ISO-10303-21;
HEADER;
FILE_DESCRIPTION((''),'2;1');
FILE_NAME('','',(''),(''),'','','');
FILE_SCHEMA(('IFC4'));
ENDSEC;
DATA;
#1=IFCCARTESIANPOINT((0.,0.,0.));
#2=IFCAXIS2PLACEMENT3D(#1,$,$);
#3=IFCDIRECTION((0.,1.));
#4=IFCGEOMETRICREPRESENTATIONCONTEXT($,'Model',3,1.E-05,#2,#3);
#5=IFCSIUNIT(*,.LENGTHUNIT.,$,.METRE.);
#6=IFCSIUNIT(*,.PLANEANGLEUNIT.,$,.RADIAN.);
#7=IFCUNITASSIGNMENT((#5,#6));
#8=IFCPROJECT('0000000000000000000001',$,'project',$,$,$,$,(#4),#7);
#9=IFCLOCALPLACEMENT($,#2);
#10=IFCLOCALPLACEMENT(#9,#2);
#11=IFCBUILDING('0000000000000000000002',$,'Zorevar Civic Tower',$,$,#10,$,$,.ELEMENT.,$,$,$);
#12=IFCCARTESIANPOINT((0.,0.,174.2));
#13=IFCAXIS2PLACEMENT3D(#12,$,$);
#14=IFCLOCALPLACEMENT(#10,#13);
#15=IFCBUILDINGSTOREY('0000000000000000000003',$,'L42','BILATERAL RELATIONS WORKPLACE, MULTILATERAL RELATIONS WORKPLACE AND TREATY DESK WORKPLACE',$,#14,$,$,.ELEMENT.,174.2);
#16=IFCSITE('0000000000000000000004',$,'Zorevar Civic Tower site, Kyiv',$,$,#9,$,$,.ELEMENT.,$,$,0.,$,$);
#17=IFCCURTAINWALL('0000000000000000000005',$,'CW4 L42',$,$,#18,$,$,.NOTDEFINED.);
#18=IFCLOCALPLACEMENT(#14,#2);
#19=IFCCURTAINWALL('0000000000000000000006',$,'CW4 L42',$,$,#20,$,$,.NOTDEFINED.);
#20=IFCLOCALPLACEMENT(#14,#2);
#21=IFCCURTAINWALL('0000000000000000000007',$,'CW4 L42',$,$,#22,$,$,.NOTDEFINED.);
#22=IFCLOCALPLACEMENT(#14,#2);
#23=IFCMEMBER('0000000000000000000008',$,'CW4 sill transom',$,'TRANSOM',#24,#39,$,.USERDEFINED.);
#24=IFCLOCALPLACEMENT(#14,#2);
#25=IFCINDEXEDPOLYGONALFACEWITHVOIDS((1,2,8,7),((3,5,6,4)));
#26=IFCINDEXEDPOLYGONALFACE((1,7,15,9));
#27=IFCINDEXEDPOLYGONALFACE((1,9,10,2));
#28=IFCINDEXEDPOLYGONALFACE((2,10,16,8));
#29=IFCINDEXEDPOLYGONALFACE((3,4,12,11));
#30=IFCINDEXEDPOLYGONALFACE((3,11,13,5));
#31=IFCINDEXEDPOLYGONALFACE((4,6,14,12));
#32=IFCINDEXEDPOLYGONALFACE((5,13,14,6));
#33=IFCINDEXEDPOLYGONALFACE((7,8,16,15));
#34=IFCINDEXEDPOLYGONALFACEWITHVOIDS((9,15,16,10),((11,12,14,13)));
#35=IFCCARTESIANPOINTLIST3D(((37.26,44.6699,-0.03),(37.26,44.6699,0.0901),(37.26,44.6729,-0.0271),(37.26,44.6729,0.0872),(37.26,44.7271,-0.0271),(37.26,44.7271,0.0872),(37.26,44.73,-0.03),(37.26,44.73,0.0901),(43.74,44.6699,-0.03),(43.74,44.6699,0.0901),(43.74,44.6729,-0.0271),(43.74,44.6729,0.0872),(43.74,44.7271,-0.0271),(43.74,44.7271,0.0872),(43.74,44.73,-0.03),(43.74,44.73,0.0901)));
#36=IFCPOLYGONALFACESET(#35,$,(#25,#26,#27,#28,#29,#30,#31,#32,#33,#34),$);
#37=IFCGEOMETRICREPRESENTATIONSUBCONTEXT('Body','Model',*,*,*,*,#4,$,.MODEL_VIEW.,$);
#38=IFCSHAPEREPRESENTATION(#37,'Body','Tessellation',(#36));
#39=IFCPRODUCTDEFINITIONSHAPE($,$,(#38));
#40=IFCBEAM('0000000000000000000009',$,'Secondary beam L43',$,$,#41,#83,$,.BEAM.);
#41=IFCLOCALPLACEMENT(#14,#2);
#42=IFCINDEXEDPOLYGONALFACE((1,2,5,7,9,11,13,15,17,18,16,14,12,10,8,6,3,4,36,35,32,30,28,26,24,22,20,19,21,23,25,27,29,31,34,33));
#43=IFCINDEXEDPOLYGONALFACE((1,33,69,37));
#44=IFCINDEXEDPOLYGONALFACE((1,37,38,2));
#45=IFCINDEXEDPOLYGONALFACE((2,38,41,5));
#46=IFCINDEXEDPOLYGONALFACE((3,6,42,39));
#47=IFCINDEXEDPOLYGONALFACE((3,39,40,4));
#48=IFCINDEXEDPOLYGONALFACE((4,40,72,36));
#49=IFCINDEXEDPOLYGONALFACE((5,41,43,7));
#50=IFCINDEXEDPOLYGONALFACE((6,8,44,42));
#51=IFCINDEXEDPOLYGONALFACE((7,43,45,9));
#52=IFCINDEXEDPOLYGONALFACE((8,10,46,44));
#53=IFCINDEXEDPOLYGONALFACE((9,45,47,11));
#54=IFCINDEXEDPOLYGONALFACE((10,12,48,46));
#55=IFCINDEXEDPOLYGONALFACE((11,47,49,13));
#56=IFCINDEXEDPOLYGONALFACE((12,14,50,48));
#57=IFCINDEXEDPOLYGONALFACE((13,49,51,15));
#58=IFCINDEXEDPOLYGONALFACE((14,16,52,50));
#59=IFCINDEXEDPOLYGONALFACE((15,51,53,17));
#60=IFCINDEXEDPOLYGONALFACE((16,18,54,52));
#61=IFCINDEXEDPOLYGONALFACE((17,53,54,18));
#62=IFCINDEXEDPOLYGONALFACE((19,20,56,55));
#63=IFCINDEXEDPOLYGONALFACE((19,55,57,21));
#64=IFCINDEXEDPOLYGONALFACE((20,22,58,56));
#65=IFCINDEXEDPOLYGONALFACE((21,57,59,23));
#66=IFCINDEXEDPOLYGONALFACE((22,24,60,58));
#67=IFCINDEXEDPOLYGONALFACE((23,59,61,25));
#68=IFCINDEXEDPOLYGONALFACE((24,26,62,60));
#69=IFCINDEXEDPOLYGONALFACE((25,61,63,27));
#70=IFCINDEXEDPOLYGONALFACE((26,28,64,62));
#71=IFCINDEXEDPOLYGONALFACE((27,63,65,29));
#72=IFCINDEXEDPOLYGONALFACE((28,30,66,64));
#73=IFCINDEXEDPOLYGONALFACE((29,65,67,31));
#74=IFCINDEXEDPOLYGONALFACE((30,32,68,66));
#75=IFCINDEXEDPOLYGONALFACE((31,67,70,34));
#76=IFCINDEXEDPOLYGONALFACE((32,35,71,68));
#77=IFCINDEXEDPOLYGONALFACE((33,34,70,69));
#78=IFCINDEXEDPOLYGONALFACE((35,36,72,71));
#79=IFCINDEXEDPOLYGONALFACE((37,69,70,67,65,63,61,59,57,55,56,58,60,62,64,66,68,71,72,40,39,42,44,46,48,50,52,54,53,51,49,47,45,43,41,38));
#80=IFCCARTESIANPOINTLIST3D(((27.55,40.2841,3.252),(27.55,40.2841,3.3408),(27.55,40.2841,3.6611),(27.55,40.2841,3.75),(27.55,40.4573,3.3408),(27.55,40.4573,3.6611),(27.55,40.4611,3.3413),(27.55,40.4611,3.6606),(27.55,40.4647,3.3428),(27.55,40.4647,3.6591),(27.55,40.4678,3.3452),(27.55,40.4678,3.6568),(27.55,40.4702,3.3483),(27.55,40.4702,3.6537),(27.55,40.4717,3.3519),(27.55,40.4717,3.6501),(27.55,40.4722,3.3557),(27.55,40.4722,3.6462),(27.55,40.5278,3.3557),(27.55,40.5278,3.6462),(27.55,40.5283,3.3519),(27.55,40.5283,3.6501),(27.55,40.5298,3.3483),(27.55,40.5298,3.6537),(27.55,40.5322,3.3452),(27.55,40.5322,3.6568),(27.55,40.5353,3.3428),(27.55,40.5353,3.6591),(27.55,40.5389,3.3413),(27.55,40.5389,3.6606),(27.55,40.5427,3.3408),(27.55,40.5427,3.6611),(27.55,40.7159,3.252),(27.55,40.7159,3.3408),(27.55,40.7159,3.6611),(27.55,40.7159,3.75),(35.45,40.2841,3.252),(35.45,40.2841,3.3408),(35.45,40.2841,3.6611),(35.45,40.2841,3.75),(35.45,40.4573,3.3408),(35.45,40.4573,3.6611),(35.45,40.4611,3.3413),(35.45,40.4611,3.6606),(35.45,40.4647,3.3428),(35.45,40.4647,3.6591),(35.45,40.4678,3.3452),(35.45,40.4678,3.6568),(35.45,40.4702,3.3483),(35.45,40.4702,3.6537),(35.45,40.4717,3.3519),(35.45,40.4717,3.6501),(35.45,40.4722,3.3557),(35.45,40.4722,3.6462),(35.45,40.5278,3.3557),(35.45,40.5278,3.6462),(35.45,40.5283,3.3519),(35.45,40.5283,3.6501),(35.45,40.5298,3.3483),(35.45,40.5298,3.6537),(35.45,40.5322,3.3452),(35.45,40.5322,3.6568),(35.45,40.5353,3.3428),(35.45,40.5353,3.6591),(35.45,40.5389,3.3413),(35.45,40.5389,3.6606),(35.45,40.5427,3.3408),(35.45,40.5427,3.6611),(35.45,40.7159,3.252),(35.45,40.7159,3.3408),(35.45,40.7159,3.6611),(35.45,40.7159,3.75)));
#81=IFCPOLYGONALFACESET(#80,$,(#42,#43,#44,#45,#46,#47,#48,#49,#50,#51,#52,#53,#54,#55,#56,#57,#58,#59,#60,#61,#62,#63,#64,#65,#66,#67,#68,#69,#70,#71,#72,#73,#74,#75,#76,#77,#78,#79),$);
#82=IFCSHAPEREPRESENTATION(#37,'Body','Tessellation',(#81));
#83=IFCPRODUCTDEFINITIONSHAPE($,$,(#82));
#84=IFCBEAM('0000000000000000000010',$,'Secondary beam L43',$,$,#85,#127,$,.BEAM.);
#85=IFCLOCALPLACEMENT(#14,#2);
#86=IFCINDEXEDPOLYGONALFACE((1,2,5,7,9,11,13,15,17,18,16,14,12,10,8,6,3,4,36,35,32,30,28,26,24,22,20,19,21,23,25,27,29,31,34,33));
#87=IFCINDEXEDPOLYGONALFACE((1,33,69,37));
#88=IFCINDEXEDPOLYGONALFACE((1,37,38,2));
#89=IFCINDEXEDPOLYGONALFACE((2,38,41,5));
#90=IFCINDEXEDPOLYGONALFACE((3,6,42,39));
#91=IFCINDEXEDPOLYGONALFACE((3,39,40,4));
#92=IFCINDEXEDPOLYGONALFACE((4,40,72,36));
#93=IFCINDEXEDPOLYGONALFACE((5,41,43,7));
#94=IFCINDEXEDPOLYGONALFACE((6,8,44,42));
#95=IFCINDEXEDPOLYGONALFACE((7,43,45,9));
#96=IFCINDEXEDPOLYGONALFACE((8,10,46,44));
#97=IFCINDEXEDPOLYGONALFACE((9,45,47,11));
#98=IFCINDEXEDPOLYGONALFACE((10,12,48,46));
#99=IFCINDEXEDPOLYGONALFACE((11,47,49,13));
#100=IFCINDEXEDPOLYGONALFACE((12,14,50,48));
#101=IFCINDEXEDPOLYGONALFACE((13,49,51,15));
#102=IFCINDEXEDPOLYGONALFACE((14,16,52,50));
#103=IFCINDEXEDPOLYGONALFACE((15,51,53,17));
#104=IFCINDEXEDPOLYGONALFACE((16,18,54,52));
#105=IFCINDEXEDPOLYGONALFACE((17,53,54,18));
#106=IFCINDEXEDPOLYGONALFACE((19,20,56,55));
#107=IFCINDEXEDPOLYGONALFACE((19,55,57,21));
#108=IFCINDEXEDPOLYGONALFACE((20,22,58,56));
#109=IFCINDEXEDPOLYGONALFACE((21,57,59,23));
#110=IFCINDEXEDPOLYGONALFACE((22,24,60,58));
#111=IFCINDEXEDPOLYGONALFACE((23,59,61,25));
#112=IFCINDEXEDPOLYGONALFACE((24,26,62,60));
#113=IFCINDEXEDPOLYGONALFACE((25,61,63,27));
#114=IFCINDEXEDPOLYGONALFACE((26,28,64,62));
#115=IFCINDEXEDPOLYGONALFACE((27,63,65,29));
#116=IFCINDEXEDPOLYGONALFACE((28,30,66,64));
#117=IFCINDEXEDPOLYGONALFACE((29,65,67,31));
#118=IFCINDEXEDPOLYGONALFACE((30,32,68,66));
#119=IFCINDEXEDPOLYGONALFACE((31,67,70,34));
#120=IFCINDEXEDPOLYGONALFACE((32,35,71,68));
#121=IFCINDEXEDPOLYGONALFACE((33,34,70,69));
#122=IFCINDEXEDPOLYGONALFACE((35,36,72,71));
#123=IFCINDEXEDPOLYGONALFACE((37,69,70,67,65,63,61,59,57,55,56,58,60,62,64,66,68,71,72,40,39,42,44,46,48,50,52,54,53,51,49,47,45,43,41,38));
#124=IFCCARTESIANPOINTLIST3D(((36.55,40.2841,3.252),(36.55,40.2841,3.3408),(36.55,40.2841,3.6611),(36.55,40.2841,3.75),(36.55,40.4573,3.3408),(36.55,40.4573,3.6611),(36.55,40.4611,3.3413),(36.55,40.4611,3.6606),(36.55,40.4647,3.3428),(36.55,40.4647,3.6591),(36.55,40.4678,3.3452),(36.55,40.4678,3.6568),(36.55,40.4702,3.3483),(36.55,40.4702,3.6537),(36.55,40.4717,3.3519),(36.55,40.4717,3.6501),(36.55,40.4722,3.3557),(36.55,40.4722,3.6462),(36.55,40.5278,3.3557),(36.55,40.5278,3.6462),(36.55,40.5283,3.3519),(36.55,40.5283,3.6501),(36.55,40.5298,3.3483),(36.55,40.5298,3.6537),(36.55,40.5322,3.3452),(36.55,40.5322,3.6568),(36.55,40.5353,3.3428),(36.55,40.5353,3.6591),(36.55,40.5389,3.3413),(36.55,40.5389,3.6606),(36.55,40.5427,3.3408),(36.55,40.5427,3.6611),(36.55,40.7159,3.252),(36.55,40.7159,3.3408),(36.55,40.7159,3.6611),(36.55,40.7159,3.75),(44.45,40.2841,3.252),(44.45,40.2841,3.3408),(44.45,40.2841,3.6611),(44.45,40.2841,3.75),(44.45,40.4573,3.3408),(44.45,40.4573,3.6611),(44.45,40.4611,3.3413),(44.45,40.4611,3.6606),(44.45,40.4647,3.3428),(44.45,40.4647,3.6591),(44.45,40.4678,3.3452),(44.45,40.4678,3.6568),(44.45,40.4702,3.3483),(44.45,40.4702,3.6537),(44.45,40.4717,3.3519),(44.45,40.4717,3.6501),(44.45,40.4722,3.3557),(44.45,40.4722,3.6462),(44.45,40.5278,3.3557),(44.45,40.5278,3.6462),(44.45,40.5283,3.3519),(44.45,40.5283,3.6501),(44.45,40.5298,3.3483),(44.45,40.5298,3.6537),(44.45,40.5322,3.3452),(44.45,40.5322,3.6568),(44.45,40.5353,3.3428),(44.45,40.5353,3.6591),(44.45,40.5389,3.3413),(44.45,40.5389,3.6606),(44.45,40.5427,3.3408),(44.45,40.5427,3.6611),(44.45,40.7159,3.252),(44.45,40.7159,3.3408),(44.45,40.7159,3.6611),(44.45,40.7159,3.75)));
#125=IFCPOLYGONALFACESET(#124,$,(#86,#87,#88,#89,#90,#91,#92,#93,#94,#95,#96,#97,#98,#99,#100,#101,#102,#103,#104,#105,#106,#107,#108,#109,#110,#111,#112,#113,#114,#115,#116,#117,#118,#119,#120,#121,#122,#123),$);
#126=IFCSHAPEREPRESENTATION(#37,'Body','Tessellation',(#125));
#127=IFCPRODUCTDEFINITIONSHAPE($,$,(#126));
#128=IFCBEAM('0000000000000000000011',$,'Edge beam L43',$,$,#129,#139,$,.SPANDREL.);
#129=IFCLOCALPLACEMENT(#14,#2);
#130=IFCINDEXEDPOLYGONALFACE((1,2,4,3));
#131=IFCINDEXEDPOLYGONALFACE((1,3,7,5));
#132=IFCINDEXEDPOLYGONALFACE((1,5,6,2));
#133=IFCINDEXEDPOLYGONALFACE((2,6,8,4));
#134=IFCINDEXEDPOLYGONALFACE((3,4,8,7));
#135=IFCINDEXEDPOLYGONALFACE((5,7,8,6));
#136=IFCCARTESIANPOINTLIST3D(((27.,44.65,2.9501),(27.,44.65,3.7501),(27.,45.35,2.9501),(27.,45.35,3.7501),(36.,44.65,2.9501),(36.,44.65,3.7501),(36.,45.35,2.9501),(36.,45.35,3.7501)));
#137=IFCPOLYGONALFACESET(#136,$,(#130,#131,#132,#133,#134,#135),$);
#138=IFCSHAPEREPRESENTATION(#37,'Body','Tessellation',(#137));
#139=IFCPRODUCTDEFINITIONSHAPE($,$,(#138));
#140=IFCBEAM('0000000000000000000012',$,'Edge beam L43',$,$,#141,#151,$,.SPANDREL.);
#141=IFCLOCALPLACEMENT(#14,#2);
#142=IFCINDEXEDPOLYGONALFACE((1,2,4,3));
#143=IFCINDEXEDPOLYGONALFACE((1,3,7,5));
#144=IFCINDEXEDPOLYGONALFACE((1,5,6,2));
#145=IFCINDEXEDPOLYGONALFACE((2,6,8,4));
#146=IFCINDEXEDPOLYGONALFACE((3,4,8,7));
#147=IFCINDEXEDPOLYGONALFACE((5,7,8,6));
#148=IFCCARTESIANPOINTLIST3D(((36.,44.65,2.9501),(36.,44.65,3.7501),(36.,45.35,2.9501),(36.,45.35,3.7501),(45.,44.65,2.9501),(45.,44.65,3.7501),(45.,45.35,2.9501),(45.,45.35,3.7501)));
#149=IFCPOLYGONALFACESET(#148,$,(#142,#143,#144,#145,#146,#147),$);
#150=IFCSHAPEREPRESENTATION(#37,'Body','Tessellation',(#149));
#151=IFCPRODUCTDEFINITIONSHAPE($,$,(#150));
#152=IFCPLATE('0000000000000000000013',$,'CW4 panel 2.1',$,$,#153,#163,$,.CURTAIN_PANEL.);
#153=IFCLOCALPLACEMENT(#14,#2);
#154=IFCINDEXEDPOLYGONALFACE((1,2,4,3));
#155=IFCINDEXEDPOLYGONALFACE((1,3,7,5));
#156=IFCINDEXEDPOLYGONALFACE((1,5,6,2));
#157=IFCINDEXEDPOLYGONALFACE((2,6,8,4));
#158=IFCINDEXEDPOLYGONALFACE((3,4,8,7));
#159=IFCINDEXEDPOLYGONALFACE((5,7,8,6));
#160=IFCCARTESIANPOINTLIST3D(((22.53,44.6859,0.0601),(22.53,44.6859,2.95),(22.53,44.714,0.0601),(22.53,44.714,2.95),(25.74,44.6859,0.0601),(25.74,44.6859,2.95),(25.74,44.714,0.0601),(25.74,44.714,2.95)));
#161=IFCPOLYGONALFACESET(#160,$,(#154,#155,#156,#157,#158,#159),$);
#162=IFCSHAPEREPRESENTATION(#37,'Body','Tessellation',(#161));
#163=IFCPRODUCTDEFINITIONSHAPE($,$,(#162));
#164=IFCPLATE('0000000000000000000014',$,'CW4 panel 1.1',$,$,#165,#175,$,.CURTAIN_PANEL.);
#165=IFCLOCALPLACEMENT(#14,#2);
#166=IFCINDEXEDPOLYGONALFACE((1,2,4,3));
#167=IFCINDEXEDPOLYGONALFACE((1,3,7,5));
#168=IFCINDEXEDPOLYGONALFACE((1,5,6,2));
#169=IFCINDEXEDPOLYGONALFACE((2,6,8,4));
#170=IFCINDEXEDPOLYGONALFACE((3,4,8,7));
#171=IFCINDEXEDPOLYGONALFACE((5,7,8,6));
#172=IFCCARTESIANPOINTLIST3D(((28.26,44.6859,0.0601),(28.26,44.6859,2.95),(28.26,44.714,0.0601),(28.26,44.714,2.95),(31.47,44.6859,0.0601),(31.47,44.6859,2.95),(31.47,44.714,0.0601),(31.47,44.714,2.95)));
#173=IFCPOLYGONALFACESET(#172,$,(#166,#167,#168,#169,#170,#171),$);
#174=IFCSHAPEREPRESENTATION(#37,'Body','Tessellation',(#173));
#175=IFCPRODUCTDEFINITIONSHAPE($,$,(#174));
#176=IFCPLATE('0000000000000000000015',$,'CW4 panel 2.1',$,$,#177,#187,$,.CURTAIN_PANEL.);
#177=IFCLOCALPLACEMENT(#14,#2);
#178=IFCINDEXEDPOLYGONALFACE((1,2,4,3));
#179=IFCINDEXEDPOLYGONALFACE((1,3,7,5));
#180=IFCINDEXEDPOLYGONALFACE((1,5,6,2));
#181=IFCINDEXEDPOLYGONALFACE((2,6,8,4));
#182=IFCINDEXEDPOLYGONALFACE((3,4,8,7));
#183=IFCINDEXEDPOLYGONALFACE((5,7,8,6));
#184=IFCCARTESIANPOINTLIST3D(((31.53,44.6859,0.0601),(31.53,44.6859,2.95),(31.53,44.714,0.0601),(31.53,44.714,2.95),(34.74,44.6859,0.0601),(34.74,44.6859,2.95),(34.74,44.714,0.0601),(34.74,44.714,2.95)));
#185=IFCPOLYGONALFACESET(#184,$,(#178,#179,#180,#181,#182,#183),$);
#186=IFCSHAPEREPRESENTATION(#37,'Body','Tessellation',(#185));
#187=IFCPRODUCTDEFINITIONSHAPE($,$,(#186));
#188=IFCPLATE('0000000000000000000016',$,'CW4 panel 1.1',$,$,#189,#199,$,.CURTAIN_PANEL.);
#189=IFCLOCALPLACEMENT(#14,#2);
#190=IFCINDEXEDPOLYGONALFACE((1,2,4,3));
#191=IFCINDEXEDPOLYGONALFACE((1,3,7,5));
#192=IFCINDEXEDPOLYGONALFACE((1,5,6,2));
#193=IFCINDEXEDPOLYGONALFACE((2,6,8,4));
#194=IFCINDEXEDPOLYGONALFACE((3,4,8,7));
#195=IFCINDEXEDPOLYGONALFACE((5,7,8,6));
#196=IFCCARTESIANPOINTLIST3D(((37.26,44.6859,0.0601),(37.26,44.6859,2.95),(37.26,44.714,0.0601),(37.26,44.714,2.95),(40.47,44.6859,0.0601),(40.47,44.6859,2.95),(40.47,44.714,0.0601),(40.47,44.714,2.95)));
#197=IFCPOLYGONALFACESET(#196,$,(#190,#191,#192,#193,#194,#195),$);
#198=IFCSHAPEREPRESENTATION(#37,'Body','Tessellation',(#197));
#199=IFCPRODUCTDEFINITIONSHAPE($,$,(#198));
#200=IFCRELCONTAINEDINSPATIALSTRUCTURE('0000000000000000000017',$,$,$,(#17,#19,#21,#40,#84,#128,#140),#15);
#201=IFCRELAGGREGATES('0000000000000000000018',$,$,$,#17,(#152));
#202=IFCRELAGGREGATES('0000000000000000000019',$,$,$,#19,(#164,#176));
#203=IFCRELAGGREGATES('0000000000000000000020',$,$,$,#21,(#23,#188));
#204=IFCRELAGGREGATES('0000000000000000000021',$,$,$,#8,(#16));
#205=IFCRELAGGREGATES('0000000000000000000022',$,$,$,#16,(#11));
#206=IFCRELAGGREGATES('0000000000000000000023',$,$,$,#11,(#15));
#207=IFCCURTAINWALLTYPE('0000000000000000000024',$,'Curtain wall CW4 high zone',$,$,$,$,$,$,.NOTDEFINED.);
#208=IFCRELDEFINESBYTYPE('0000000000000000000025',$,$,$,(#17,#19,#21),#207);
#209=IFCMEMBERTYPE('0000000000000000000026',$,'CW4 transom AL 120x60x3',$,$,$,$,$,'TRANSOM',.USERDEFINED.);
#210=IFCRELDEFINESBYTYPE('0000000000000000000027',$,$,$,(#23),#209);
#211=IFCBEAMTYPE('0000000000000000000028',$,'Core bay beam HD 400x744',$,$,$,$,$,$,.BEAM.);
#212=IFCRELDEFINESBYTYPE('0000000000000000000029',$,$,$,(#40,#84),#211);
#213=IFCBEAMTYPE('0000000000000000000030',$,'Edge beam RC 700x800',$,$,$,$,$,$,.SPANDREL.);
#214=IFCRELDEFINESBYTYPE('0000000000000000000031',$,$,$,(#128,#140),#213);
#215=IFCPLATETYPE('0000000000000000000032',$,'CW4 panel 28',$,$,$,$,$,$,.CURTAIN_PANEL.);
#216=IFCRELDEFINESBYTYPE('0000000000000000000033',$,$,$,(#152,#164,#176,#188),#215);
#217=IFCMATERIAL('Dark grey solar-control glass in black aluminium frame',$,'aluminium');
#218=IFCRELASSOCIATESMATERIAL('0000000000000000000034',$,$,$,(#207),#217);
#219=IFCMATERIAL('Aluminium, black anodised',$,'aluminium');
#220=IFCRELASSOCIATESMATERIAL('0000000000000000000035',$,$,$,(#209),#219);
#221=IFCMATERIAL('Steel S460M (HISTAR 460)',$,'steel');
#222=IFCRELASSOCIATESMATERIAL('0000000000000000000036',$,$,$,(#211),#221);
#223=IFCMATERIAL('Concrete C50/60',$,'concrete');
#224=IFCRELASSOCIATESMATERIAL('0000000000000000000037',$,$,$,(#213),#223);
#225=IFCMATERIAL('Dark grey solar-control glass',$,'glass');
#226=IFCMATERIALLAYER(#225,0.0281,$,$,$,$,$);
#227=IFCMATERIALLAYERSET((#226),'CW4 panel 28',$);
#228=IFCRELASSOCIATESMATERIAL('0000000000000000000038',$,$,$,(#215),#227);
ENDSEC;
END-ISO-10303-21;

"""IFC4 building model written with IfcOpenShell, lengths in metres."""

from ifc_helpers import new_model, si_unit, direction, frame, origin, origin_2d, place, context, subcontext, project, spatial, rectangle, hollow_rectangle, i_section, extrude, material, layer, layer_set, material_profile, profile_set, type_object, element, aggregate, save


model = new_model("IFC4")

# Units and contexts
model_context = context("Model", 3, precision=1e-05, world=origin(), true_north=direction((0.0, 1.0)))
body_context = subcontext(model_context, "Body", "Model", "MODEL_VIEW")
ifc_project = project(units=[si_unit("LENGTHUNIT", "METRE"), si_unit("PLANEANGLEUNIT", "RADIAN")], contexts=[model_context])

# Site, building, storey
site_placement = place(None, origin())
site = spatial("IfcSite", under=ifc_project, at=site_placement, Name="Zorevar Civic Tower site, Kyiv", CompositionType="ELEMENT", RefElevation=0.0)
building_placement = place(site_placement, origin())
building = spatial("IfcBuilding", under=site, at=building_placement, Name="Zorevar Civic Tower", CompositionType="ELEMENT")
storey_placement = place(building_placement, frame((0.0, 0.0, 174.2)))
storey = spatial("IfcBuildingStorey", under=building, at=storey_placement, Name="L42", Description="BILATERAL RELATIONS WORKPLACE, MULTILATERAL RELATIONS WORKPLACE AND TREATY DESK WORKPLACE", CompositionType="ELEMENT", Elevation=174.2)

# Curtain walls
ifc_material_1 = material(Name="Dark grey solar-control glass in black aluminium frame", Category="aluminium")
curtain_wall_type = type_object("IfcCurtainWallType", Name="Curtain wall CW4 high zone", PredefinedType="NOTDEFINED", material=ifc_material_1)
curtain_wall_1_placement = place(storey_placement, origin())
curtain_wall_1 = element("IfcCurtainWall", 1, at=curtain_wall_1_placement, inside=storey, type_object=curtain_wall_type, Name="CW4 L42", PredefinedType="NOTDEFINED")
curtain_wall_2_placement = place(storey_placement, origin())
curtain_wall_2 = element("IfcCurtainWall", 2, at=curtain_wall_2_placement, inside=storey, type_object=curtain_wall_type, Name="CW4 L42", PredefinedType="NOTDEFINED")
curtain_wall_3_placement = place(storey_placement, origin())
curtain_wall_3 = element("IfcCurtainWall", 3, at=curtain_wall_3_placement, inside=storey, type_object=curtain_wall_type, Name="CW4 L42", PredefinedType="NOTDEFINED")

# Member
ifc_material_2 = material(Name="Aluminium, black anodised", Category="aluminium")
ifc_material_profile_1 = material_profile(ifc_material_2, hollow_rectangle(XDim=0.0601, YDim=0.1201, WallThickness=0.0029, at=origin_2d()), Name="AL 120x60x3")
ifc_profile_set_1 = profile_set([ifc_material_profile_1], Name="Aluminium, black anodised")
member_type_1 = type_object("IfcMemberType", Name="CW4 transom AL 120x60x3", ElementType="TRANSOM", PredefinedType="USERDEFINED", material=ifc_profile_set_1)
member_1_placement = place(storey_placement, frame((37.26, 44.7, 0.03), z_axis=(1.0, 0.0, 0.0), x_axis=(0.0, 1.0, 0.0)))
member_1 = element("IfcMember", 4, at=member_1_placement, type_object=member_type_1, Name="CW4 sill transom", ObjectType="TRANSOM", PredefinedType="USERDEFINED", context=body_context, shape_type="SweptSolid", body=[
    extrude(hollow_rectangle(XDim=0.0601, YDim=0.1201, WallThickness=0.0029, at=origin_2d()), origin(), (0.0, 0.0, 1.0), 6.48),
])

# Beams
ifc_material_3 = material(Name="Steel S460M (HISTAR 460)", Category="steel")
ifc_material_profile_2 = material_profile(ifc_material_3, i_section(OverallWidth=0.4319, OverallDepth=0.498, WebThickness=0.0557, FlangeThickness=0.0889, FilletRadius=0.0149, at=origin_2d()), Name="HD 400x744")
ifc_profile_set_2 = profile_set([ifc_material_profile_2], Name="Steel S460M (HISTAR 460)")
beam_type_1 = type_object("IfcBeamType", Name="Core bay beam HD 400x744", PredefinedType="BEAM", material=ifc_profile_set_2)
for number, where, z_axis, x_axis, name in (
    (5, (27.55, 40.5, 3.501), (1.0, 0.0, 0.0), (0.0, 1.0, 0.0), "Secondary beam L43"),
    (6, (36.55, 40.5, 3.501), (1.0, 0.0, 0.0), (0.0, 1.0, 0.0), "Secondary beam L43"),
):
    element("IfcBeam", number, at=place(storey_placement, frame(where, z_axis=z_axis, x_axis=x_axis)), inside=storey, type_object=beam_type_1, Name=name, PredefinedType="BEAM", context=body_context, shape_type="SweptSolid", body=[
        extrude(i_section(OverallWidth=0.4319, OverallDepth=0.498, WebThickness=0.0557, FlangeThickness=0.0889, FilletRadius=0.0149, at=origin_2d()), origin(), (0.0, 0.0, 1.0), 7.8999),
    ])
ifc_material_4 = material(Name="Concrete C50/60", Category="concrete")
ifc_material_profile_3 = material_profile(ifc_material_4, rectangle(XDim=0.7, YDim=0.8, at=origin_2d()), Name="RC 700x800")
ifc_profile_set_3 = profile_set([ifc_material_profile_3], Name="Concrete C50/60")
beam_type_2 = type_object("IfcBeamType", Name="Edge beam RC 700x800", PredefinedType="SPANDREL", material=ifc_profile_set_3)
for number, where, z_axis, x_axis, name in (
    (7, (27.0, 45.0, 3.3501), (1.0, 0.0, 0.0), (0.0, 1.0, 0.0), "Edge beam L43"),
    (8, (36.0, 45.0, 3.3501), (1.0, 0.0, 0.0), (0.0, 1.0, 0.0), "Edge beam L43"),
):
    element("IfcBeam", number, at=place(storey_placement, frame(where, z_axis=z_axis, x_axis=x_axis)), inside=storey, type_object=beam_type_2, Name=name, PredefinedType="SPANDREL", context=body_context, shape_type="SweptSolid", body=[
        extrude(rectangle(XDim=0.7, YDim=0.8, at=origin_2d()), origin(), (0.0, 0.0, 1.0), 9.0),
    ])

# Plates
ifc_material_5 = material(Name="Dark grey solar-control glass", Category="glass")
ifc_layer_1 = layer(ifc_material_5, 0.0281)
ifc_layer_set_1 = layer_set([ifc_layer_1], Name="CW4 panel 28")
plate_type = type_object("IfcPlateType", Name="CW4 panel 28", PredefinedType="CURTAIN_PANEL", material=ifc_layer_set_1)
plate_1_placement = place(storey_placement, frame((24.135, 44.7, 0.0601), z_axis=(0.0, 0.0, 1.0), x_axis=(1.0, 0.0, 0.0)))
plate_1 = element("IfcPlate", 9, at=plate_1_placement, type_object=plate_type, Name="CW4 panel 2.1", PredefinedType="CURTAIN_PANEL", context=body_context, shape_type="SweptSolid", body=[
    extrude(rectangle(XDim=3.21, YDim=0.0281, at=origin_2d()), origin(), (0.0, 0.0, 1.0), 2.8899),
])
aggregate(curtain_wall_1, [plate_1])
plate_2_placement = place(storey_placement, frame((29.865, 44.7, 0.0601), z_axis=(0.0, 0.0, 1.0), x_axis=(1.0, 0.0, 0.0)))
plate_2 = element("IfcPlate", 10, at=plate_2_placement, type_object=plate_type, Name="CW4 panel 1.1", PredefinedType="CURTAIN_PANEL", context=body_context, shape_type="SweptSolid", body=[
    extrude(rectangle(XDim=3.21, YDim=0.0281, at=origin_2d()), origin(), (0.0, 0.0, 1.0), 2.8899),
])
plate_3_placement = place(storey_placement, frame((33.135, 44.7, 0.0601), z_axis=(0.0, 0.0, 1.0), x_axis=(1.0, 0.0, 0.0)))
plate_3 = element("IfcPlate", 11, at=plate_3_placement, type_object=plate_type, Name="CW4 panel 2.1", PredefinedType="CURTAIN_PANEL", context=body_context, shape_type="SweptSolid", body=[
    extrude(rectangle(XDim=3.21, YDim=0.0281, at=origin_2d()), origin(), (0.0, 0.0, 1.0), 2.8899),
])
aggregate(curtain_wall_2, [plate_2, plate_3])
plate_4_placement = place(storey_placement, frame((38.865, 44.7, 0.0601), z_axis=(0.0, 0.0, 1.0), x_axis=(1.0, 0.0, 0.0)))
plate_4 = element("IfcPlate", 12, at=plate_4_placement, type_object=plate_type, Name="CW4 panel 1.1", PredefinedType="CURTAIN_PANEL", context=body_context, shape_type="SweptSolid", body=[
    extrude(rectangle(XDim=3.21, YDim=0.0281, at=origin_2d()), origin(), (0.0, 0.0, 1.0), 2.8899),
])
aggregate(curtain_wall_3, [member_1, plate_4])

save(model, "model.ifc")
